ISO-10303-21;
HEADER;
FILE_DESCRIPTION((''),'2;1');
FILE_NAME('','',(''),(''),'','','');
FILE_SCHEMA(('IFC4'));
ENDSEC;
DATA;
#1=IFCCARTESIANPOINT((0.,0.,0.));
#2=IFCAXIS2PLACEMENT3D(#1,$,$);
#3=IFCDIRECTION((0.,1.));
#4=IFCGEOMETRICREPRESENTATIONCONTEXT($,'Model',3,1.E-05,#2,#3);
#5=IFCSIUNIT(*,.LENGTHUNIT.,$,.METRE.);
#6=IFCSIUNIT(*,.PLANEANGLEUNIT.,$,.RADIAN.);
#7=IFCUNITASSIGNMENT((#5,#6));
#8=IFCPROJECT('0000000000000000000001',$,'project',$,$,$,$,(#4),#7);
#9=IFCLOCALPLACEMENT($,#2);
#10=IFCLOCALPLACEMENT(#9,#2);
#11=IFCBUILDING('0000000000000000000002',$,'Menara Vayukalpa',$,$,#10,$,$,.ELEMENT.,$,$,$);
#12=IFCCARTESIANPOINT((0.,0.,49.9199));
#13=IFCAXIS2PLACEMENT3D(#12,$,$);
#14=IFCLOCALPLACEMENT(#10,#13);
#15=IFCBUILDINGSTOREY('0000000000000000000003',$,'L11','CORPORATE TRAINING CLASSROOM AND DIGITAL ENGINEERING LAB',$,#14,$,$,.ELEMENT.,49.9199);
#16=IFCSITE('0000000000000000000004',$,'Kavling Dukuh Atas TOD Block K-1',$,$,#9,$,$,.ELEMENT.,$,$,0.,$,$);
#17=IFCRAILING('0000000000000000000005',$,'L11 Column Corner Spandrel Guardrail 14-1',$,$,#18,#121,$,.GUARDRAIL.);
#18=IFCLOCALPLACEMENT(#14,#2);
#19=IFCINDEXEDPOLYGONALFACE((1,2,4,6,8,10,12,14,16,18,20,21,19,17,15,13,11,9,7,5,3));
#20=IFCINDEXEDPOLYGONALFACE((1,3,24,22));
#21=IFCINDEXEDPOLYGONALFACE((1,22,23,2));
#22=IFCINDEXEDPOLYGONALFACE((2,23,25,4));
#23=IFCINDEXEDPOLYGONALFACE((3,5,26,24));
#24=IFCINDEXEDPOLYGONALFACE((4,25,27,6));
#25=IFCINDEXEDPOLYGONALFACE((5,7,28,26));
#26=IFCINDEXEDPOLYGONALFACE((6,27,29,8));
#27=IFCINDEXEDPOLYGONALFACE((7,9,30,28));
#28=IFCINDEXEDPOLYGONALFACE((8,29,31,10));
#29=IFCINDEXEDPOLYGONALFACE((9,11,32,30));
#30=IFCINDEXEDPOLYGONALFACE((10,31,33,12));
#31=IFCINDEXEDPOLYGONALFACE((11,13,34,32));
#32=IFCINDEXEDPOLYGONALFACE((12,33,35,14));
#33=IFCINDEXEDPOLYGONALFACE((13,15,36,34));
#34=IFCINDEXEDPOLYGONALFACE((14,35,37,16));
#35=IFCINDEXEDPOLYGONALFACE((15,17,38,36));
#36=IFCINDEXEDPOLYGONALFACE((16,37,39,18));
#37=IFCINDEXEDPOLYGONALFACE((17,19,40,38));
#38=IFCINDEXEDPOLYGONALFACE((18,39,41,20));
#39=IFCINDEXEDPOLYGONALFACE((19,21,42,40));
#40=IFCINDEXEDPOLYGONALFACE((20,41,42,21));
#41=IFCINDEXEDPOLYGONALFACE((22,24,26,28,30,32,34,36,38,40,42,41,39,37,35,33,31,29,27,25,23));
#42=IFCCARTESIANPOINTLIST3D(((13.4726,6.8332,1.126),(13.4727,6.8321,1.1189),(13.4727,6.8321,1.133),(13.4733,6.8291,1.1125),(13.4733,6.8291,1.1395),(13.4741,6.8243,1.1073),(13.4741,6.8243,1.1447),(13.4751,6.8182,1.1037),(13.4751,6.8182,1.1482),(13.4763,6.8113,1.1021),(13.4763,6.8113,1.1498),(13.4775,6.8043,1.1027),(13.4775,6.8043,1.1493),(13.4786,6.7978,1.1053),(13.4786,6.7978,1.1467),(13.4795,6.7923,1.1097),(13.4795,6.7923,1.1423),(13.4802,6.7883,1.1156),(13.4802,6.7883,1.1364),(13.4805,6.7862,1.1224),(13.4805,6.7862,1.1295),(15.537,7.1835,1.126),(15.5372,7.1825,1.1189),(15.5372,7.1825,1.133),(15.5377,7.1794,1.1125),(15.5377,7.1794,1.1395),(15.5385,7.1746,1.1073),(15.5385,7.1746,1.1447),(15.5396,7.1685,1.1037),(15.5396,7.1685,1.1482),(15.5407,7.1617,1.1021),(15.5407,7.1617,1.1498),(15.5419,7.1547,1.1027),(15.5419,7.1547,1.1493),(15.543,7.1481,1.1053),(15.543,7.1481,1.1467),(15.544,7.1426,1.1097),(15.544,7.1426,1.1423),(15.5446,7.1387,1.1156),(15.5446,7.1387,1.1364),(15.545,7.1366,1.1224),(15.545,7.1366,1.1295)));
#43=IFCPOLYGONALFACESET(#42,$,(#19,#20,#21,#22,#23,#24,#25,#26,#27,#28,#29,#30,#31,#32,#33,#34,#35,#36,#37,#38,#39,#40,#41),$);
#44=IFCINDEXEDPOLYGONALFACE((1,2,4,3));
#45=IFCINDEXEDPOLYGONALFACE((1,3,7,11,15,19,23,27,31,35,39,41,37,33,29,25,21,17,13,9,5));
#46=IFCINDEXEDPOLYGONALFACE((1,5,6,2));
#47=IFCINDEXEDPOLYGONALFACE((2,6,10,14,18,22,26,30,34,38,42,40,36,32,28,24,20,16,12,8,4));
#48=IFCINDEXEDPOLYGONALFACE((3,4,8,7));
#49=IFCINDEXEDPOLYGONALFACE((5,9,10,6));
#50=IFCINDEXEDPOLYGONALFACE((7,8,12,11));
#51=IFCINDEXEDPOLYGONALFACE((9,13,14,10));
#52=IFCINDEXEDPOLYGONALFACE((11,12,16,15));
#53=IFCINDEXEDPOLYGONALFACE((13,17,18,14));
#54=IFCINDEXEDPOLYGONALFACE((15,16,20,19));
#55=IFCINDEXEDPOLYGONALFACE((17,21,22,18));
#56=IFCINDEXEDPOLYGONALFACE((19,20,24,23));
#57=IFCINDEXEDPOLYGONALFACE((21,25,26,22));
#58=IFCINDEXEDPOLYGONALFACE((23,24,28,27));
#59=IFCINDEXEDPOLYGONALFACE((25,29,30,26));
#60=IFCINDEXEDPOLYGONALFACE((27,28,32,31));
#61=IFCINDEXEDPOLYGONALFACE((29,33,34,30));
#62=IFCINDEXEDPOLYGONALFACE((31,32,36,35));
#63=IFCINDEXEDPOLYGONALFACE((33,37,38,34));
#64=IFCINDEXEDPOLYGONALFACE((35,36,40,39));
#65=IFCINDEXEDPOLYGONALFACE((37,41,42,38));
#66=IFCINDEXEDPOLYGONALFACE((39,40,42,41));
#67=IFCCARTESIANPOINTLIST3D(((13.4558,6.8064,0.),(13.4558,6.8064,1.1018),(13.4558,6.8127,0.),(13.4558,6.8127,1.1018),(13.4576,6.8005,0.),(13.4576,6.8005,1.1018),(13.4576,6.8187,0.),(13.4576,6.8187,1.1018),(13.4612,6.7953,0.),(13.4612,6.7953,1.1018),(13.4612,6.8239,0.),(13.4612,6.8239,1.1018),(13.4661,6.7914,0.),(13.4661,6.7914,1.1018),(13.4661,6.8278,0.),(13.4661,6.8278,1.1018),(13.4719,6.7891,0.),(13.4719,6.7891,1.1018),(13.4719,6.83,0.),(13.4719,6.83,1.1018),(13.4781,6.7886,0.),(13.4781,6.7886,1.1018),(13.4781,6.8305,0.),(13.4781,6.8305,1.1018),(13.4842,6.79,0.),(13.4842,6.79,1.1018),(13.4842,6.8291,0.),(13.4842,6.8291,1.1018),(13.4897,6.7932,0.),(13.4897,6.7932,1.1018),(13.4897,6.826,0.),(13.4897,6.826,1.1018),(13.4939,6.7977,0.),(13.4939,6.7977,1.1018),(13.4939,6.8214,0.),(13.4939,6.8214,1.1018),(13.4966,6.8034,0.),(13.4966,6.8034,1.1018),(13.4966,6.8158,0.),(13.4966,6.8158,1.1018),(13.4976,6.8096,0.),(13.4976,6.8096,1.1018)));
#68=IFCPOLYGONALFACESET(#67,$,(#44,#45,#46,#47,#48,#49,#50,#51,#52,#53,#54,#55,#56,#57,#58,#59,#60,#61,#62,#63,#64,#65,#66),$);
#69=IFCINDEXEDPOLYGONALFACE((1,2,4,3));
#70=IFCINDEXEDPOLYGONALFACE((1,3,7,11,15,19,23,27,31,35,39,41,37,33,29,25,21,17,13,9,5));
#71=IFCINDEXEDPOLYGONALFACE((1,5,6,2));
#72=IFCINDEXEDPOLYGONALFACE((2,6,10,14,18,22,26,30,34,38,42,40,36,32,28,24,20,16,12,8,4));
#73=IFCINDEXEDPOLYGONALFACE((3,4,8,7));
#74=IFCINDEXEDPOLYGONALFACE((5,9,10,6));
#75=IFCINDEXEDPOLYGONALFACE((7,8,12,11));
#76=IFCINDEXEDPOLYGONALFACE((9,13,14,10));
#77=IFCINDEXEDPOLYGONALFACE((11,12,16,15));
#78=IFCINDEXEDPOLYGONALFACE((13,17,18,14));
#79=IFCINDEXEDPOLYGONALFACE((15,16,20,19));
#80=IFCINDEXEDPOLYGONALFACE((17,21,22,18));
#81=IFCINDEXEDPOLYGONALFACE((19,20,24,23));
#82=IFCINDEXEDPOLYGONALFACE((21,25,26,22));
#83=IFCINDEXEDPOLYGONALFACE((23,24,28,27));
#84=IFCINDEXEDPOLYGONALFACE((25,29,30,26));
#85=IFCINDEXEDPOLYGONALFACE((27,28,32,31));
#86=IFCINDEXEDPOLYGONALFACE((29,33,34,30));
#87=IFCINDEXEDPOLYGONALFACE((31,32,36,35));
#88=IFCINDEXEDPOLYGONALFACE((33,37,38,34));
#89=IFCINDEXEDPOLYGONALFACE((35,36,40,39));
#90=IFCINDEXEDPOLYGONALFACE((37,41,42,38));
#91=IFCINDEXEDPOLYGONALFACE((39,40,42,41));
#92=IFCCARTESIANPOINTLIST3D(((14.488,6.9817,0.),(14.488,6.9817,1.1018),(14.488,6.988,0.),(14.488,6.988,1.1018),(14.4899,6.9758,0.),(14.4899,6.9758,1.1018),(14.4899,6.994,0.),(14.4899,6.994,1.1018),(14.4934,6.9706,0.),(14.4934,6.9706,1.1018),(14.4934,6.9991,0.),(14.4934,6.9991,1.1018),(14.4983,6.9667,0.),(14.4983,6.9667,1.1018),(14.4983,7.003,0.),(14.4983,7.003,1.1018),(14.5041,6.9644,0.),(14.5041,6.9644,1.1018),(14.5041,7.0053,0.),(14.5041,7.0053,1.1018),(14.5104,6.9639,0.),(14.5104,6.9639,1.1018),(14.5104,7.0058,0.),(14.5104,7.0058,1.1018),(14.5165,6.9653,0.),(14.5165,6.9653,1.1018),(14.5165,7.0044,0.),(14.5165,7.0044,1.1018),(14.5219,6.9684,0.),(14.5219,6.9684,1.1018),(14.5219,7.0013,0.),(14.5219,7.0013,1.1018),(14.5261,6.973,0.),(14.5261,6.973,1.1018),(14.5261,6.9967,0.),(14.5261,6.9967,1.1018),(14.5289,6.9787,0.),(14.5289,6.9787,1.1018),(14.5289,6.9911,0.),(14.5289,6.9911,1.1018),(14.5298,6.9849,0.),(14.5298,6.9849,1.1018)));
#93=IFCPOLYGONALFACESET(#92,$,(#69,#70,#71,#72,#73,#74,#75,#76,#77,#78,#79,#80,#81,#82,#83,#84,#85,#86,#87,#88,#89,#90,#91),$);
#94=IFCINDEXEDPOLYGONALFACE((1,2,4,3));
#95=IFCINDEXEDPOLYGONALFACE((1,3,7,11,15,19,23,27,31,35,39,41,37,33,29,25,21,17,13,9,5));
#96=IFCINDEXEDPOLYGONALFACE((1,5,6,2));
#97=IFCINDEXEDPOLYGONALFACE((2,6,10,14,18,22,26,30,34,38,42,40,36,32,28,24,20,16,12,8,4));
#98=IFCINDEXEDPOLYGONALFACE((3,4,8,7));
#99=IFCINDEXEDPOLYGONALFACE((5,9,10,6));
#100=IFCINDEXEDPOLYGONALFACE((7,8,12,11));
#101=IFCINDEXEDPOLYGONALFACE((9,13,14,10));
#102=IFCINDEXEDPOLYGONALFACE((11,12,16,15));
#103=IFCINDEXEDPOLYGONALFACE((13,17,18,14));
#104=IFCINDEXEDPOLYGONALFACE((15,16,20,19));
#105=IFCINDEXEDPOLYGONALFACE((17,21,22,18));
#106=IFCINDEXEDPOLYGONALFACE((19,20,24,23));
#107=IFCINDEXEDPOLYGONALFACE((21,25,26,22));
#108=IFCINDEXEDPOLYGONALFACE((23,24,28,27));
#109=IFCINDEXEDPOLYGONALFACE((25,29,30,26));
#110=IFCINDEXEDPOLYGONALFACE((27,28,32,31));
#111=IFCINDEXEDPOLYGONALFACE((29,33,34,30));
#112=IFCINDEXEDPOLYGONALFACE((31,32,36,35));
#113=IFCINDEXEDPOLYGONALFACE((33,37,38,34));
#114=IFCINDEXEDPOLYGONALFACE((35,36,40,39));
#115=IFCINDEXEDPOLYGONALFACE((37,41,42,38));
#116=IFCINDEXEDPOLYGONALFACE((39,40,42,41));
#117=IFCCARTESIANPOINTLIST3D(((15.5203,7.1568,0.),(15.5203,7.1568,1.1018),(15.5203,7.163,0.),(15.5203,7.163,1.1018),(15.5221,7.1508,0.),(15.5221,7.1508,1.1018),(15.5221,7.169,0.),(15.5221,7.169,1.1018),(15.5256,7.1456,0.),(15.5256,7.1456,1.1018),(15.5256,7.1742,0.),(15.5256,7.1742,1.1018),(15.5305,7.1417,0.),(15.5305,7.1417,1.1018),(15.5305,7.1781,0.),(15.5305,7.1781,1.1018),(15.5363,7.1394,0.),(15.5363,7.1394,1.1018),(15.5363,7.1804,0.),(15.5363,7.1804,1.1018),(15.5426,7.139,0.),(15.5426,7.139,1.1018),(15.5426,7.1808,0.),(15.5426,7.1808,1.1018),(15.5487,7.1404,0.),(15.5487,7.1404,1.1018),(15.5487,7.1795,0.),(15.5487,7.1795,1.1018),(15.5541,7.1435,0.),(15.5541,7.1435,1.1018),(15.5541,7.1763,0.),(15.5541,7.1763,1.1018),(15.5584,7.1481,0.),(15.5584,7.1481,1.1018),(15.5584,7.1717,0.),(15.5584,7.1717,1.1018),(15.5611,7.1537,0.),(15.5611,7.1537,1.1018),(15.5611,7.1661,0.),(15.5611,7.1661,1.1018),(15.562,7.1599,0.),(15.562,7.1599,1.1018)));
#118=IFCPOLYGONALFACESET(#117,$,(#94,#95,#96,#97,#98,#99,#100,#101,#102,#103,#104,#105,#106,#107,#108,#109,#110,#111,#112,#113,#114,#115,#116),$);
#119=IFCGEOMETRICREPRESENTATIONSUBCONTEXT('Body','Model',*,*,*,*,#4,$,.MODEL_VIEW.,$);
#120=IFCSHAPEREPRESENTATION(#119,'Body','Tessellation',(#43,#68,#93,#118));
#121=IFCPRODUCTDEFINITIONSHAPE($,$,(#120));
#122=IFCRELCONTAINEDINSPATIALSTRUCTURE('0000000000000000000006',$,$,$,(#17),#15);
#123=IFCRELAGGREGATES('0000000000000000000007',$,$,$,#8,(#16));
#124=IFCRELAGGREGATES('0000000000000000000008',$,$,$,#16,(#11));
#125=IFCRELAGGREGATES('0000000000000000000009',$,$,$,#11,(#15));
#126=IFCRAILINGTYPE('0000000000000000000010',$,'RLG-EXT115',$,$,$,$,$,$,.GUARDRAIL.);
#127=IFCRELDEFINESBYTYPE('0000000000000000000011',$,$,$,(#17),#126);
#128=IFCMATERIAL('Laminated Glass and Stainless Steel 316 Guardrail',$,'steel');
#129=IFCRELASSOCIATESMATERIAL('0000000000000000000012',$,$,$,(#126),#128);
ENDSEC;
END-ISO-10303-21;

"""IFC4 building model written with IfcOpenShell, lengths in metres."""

from ifc_helpers import new_model, si_unit, direction, frame, origin, origin_2d, place, context, subcontext, project, spatial, circle, extrude, material, type_object, element, save


model = new_model("IFC4")

# Units and contexts
model_context = context("Model", 3, precision=1e-05, world=origin(), true_north=direction((0.0, 1.0)))
body_context = subcontext(model_context, "Body", "Model", "MODEL_VIEW")
ifc_project = project(units=[si_unit("LENGTHUNIT", "METRE"), si_unit("PLANEANGLEUNIT", "RADIAN")], contexts=[model_context])

# Site, building, storey
site_placement = place(None, origin())
site = spatial("IfcSite", under=ifc_project, at=site_placement, Name="Kavling Dukuh Atas TOD Block K-1", CompositionType="ELEMENT", RefElevation=0.0)
building_placement = place(site_placement, origin())
building = spatial("IfcBuilding", under=site, at=building_placement, Name="Menara Vayukalpa", CompositionType="ELEMENT")
storey_placement = place(building_placement, frame((0.0, 0.0, 49.9199)))
storey = spatial("IfcBuildingStorey", under=building, at=storey_placement, Name="L11", Description="CORPORATE TRAINING CLASSROOM AND DIGITAL ENGINEERING LAB", CompositionType="ELEMENT", Elevation=49.9199)

# Railing
ifc_material_1 = material(Name="Laminated Glass and Stainless Steel 316 Guardrail", Category="steel")
railing_type = type_object("IfcRailingType", Name="RLG-EXT115", PredefinedType="GUARDRAIL", material=ifc_material_1)
railing_1_placement = place(storey_placement, frame((13.4766, 6.8096, 0.0)))
element("IfcRailing", 1, at=railing_1_placement, inside=storey, type_object=railing_type, Name="L11 Column Corner Spandrel Guardrail 14-1", PredefinedType="GUARDRAIL", context=body_context, shape_type="SweptSolid", body=[
    extrude(circle(Radius=0.0239, at=origin_2d()), frame((0.0, 0.0, 1.126), z_axis=(0.985904, 0.16731, 0.0), x_axis=(-0.16731, 0.985904, 0.0)), (0.0, 0.0, 1.0), 2.094),
    extrude(circle(Radius=0.021, at=origin_2d()), origin(), (0.0, 0.0, 1.0), 1.1018),
    extrude(circle(Radius=0.021, at=origin_2d()), frame((1.0322, 0.1753, 0.0)), (0.0, 0.0, 1.0), 1.1018),
    extrude(circle(Radius=0.021, at=origin_2d()), frame((2.0645, 0.3503, 0.0)), (0.0, 0.0, 1.0), 1.1018),
])

save(model, "model.ifc")
